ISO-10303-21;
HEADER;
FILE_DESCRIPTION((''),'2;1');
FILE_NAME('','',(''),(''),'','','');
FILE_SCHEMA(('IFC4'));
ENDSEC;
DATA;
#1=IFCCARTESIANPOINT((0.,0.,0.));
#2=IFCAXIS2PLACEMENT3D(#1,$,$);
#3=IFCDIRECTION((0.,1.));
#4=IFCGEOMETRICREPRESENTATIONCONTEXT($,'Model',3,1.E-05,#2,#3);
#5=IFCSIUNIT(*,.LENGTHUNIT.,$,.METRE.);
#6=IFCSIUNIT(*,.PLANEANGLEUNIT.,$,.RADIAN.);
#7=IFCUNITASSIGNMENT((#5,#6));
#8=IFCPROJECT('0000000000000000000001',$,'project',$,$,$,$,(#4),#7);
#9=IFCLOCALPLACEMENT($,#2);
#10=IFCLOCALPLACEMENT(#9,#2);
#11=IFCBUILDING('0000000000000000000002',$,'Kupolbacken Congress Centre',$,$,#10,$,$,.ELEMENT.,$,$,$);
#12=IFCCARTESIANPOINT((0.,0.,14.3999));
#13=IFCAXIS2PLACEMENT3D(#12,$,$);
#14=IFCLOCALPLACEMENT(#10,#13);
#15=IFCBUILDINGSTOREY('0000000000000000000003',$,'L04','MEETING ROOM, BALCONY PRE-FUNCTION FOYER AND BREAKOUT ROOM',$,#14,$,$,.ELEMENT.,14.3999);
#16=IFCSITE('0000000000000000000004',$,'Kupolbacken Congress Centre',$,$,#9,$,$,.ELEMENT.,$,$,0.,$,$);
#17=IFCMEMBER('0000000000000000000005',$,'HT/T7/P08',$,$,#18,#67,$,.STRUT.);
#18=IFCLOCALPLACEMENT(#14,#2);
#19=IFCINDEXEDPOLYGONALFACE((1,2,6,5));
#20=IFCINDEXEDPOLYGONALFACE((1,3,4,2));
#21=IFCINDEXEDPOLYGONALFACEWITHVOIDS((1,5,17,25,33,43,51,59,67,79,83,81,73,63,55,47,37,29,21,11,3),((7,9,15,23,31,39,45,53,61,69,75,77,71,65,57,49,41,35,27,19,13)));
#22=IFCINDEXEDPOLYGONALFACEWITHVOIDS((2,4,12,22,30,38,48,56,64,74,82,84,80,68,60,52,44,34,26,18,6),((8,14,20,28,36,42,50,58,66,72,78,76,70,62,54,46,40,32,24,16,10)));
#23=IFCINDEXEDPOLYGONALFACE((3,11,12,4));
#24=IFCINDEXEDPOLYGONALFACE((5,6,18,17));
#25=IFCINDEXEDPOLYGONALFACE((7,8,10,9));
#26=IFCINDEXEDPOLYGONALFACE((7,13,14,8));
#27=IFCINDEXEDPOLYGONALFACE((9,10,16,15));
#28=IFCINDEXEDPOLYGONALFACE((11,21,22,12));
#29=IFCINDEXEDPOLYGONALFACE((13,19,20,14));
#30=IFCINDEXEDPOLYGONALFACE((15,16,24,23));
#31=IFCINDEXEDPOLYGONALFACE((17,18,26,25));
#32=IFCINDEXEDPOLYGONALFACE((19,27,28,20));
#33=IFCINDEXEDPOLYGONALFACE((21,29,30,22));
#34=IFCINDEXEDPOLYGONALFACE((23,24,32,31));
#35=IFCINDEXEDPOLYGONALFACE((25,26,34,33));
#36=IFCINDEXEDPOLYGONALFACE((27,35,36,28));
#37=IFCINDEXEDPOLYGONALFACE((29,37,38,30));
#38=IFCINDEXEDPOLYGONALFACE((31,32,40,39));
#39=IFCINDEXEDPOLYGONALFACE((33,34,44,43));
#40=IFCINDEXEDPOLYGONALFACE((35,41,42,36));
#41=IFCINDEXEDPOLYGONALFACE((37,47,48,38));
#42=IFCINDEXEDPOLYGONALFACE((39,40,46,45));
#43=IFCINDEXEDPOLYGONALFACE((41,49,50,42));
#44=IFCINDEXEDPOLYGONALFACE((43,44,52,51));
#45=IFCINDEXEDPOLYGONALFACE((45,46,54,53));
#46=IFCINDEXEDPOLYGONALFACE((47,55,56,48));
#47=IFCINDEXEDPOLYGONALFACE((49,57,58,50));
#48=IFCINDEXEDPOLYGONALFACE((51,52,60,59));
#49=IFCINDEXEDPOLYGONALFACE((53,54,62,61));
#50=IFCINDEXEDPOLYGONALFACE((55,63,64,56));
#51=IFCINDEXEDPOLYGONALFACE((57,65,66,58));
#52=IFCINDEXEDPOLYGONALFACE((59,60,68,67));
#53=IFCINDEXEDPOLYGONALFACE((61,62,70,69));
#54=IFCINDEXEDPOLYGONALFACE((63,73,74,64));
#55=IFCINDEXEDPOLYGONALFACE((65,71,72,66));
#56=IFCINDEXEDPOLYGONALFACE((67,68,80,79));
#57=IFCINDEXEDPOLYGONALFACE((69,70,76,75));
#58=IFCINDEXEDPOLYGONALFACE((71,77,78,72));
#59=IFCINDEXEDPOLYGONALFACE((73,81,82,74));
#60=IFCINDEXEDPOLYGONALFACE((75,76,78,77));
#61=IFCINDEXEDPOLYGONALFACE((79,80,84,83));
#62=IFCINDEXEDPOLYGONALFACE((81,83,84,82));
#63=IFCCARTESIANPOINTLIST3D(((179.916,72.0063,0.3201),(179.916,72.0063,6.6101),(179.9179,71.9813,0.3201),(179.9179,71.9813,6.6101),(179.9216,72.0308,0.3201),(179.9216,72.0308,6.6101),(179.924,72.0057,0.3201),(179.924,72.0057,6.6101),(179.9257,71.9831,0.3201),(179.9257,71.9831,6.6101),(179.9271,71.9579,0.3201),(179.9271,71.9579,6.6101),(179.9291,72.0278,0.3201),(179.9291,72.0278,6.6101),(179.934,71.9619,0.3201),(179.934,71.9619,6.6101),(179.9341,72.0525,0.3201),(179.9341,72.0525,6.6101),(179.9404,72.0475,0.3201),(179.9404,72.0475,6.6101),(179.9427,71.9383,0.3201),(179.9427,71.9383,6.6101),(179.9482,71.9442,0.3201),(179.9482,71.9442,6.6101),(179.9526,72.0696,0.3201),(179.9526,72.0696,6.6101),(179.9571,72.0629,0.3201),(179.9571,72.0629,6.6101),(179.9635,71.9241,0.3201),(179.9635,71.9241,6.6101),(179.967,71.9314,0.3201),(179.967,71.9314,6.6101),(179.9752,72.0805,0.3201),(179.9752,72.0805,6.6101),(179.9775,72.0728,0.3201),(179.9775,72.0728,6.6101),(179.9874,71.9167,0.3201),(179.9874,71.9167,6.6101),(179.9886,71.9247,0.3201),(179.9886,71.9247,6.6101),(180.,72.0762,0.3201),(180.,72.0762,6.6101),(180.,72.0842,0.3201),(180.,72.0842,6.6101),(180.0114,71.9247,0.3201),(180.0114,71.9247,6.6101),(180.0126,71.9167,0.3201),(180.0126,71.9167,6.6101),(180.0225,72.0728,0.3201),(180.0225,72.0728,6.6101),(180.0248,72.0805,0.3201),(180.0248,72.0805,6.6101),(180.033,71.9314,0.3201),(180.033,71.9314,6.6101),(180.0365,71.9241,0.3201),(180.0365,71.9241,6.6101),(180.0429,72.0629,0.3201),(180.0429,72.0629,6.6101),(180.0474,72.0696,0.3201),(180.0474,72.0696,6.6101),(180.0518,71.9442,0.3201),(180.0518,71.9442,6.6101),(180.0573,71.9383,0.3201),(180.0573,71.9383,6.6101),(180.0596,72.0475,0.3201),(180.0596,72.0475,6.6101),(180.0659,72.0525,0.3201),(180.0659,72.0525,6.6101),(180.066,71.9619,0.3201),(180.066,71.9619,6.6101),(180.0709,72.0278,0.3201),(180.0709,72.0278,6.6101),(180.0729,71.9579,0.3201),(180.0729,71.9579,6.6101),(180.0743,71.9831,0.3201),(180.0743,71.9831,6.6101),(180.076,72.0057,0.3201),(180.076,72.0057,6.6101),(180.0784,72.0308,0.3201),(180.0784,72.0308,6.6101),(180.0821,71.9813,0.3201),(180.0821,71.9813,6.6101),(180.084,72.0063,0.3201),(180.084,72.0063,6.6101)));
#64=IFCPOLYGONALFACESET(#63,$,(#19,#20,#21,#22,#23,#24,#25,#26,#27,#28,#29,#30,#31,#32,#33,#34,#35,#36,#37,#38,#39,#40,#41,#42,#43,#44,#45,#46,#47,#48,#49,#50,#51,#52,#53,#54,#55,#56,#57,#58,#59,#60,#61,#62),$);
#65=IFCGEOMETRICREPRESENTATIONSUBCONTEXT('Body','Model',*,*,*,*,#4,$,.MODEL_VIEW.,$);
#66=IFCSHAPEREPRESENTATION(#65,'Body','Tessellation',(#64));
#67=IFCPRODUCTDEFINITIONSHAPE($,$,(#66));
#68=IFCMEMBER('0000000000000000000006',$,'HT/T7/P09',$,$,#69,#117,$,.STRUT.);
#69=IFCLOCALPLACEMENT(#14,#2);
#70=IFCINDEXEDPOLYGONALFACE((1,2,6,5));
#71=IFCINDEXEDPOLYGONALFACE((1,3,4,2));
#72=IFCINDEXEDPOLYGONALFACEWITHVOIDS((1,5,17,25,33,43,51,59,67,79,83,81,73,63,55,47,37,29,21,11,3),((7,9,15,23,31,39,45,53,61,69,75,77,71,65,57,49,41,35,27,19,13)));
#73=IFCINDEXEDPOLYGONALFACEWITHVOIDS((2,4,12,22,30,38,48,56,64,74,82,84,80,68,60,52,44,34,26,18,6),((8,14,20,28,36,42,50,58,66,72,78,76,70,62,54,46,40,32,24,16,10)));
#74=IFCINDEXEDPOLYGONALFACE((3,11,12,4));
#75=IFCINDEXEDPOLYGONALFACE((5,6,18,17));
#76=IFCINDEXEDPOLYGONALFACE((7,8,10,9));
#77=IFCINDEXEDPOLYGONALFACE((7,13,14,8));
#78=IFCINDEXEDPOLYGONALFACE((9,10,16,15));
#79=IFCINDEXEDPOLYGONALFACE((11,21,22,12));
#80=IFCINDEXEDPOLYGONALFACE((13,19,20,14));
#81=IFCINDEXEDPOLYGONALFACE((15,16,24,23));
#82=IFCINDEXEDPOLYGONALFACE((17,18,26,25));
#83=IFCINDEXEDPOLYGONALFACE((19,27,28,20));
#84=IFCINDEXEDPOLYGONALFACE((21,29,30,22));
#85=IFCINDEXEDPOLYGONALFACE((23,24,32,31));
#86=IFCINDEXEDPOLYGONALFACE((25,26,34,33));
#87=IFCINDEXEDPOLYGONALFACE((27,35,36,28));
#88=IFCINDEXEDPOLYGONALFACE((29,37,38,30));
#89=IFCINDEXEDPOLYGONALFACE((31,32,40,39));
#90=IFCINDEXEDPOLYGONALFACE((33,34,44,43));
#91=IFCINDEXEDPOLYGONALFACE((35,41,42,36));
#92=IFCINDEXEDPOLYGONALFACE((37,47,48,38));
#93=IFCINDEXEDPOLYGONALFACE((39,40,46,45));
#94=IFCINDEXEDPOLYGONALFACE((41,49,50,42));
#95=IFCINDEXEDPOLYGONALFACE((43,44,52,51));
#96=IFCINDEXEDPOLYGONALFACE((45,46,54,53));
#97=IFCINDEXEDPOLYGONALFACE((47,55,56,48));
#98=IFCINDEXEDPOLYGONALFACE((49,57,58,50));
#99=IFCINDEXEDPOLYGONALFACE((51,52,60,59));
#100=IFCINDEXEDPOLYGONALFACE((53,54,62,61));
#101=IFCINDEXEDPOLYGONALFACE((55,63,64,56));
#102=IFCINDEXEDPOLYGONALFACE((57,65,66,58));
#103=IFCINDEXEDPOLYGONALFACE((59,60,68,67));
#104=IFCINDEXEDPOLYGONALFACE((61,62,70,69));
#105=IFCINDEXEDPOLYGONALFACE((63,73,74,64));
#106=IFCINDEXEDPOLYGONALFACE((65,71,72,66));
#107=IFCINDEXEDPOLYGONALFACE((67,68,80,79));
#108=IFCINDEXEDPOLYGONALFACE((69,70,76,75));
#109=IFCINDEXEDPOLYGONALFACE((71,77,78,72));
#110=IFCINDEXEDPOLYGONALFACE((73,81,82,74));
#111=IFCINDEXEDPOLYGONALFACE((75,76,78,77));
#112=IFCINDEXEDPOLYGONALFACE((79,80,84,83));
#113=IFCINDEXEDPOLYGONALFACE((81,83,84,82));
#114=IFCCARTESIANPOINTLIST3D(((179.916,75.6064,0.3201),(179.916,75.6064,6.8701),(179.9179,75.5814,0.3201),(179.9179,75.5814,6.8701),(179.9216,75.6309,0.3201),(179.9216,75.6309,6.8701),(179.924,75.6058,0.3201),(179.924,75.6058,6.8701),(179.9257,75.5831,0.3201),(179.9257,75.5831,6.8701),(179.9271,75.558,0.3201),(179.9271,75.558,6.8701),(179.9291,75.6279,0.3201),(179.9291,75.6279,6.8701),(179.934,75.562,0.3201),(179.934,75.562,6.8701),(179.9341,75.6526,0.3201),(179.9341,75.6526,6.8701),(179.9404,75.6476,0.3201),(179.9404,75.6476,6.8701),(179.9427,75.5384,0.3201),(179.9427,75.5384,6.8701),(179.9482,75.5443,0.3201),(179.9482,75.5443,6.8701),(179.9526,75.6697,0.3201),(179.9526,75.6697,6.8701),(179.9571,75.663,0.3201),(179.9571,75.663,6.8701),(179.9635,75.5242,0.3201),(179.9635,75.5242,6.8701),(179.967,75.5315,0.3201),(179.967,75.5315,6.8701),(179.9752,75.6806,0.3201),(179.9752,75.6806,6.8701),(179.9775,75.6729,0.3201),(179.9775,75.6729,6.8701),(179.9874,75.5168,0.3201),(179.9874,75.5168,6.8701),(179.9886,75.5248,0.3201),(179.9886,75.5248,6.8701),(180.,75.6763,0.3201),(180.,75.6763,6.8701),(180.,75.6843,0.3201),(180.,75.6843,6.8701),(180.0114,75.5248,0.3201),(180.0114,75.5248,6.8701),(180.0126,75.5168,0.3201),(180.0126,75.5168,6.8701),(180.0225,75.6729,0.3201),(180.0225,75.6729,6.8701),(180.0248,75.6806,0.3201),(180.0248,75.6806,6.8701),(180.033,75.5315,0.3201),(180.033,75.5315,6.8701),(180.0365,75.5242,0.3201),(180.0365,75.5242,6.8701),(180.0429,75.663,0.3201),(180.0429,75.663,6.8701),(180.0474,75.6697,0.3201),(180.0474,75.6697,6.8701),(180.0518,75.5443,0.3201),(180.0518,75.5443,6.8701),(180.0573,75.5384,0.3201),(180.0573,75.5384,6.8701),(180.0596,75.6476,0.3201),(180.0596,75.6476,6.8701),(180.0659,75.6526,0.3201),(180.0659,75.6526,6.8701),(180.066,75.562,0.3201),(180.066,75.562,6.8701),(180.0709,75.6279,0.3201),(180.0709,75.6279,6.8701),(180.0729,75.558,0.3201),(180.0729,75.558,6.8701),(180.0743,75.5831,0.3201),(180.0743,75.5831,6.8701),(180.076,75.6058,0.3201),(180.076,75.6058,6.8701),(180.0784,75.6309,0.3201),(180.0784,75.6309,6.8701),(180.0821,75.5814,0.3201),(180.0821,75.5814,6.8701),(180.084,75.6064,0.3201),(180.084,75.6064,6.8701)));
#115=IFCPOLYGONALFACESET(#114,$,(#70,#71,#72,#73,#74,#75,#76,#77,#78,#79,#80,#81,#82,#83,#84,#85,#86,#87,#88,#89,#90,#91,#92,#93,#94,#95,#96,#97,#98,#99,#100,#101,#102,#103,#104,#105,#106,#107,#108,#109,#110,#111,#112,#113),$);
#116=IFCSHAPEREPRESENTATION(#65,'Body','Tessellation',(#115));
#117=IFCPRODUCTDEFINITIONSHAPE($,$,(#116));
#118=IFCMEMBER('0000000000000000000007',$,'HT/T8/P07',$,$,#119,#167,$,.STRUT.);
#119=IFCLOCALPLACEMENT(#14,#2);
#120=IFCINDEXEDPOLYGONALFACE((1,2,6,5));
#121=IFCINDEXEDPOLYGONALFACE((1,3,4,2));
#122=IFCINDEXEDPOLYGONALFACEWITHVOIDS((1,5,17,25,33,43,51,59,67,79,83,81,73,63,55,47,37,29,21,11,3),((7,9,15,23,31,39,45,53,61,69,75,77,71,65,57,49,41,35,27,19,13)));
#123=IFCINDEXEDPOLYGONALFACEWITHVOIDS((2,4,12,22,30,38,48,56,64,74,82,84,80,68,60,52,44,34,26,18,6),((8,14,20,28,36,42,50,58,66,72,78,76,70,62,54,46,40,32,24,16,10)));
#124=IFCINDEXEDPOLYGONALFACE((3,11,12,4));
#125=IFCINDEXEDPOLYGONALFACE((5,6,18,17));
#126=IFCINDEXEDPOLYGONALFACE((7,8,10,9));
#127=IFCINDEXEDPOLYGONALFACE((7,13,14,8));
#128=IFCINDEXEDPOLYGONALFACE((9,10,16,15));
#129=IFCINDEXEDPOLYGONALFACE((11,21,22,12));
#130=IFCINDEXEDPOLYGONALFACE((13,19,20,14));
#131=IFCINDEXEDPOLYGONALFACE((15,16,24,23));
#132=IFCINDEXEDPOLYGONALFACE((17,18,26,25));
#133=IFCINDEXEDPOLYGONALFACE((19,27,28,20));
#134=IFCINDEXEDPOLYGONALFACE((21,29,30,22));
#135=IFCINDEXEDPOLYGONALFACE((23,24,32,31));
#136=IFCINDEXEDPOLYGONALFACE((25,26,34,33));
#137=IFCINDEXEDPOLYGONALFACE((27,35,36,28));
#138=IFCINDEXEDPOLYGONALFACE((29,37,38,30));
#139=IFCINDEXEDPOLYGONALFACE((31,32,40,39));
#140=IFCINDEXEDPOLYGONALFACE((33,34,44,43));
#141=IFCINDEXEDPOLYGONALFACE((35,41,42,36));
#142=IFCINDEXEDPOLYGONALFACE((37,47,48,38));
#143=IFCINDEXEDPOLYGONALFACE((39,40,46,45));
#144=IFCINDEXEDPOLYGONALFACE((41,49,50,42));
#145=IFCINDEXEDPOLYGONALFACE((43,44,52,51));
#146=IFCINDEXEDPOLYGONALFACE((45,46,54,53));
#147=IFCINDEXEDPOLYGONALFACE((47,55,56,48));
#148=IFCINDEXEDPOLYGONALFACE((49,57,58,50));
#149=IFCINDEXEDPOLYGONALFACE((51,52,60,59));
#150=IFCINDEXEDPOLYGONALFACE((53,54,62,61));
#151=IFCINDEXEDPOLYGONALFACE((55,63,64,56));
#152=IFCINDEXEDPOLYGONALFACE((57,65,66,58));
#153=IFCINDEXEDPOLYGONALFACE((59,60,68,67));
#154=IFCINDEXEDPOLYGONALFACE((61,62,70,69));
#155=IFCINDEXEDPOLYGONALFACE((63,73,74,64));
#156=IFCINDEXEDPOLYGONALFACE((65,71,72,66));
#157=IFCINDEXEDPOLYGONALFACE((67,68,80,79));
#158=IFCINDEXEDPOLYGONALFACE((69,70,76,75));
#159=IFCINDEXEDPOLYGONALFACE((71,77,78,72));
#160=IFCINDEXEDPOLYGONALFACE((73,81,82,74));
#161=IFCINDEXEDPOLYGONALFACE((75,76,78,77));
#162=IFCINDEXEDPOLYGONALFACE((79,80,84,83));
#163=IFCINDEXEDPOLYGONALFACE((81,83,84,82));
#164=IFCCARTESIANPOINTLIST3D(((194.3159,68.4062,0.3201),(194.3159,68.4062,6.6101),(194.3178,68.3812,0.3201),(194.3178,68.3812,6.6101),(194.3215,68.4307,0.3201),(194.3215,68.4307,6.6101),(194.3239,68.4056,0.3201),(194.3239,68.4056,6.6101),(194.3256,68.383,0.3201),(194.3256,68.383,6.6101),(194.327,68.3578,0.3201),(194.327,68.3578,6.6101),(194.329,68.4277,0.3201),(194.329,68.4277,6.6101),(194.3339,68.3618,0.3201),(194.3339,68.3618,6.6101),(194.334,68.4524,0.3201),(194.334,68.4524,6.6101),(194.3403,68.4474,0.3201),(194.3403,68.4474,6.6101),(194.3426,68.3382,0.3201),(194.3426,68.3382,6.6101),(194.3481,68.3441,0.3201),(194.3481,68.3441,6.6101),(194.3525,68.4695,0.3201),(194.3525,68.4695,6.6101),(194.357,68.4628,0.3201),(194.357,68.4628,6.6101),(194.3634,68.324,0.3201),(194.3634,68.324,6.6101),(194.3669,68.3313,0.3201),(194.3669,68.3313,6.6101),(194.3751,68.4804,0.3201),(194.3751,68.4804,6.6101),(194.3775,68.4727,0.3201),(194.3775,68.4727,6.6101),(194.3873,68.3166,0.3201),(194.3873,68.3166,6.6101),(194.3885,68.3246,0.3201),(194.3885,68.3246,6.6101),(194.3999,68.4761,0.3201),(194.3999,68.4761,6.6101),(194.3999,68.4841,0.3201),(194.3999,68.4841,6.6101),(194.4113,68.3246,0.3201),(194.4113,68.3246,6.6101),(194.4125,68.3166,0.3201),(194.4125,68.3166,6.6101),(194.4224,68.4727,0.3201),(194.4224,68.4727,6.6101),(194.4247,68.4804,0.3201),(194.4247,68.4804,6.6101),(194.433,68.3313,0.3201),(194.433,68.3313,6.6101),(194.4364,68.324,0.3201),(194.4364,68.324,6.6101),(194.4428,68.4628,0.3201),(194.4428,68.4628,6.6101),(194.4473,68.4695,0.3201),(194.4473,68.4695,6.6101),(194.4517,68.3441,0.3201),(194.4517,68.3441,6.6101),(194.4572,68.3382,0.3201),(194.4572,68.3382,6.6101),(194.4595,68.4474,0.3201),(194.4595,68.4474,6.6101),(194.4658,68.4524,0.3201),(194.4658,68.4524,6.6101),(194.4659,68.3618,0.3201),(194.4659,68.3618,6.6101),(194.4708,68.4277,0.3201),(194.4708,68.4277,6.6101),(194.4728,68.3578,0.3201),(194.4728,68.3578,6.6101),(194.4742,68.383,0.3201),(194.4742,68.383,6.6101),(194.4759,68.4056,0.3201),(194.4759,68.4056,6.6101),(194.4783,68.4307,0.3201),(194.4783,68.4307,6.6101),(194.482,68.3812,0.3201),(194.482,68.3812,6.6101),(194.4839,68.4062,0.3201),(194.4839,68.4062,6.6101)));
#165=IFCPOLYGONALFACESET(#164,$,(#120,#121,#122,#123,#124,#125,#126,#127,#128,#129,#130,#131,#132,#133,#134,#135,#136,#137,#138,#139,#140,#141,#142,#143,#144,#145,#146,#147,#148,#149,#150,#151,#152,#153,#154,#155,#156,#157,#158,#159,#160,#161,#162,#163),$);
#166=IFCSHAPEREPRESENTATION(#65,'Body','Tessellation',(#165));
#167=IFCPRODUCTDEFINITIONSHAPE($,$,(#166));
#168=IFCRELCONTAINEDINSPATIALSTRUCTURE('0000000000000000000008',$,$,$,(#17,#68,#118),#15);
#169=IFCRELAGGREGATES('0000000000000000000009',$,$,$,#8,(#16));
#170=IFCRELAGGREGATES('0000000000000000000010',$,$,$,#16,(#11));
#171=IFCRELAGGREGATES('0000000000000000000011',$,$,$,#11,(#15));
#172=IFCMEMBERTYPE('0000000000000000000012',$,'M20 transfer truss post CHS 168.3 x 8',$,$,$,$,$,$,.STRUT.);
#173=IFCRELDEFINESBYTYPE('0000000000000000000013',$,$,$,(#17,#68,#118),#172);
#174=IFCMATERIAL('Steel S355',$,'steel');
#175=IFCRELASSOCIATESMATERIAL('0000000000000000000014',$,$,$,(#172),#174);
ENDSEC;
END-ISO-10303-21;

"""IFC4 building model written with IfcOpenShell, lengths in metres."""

from ifc_helpers import new_model, si_unit, direction, frame, origin, origin_2d, place, context, subcontext, project, spatial, hollow_circle, extrude, material, material_profile, profile_set, type_object, element, save


model = new_model("IFC4")

# Units and contexts
model_context = context("Model", 3, precision=1e-05, world=origin(), true_north=direction((0.0, 1.0)))
body_context = subcontext(model_context, "Body", "Model", "MODEL_VIEW")
ifc_project = project(units=[si_unit("LENGTHUNIT", "METRE"), si_unit("PLANEANGLEUNIT", "RADIAN")], contexts=[model_context])

# Site, building, storey
site_placement = place(None, origin())
site = spatial("IfcSite", under=ifc_project, at=site_placement, Name="Kupolbacken Congress Centre", CompositionType="ELEMENT", RefElevation=0.0)
building_placement = place(site_placement, origin())
building = spatial("IfcBuilding", under=site, at=building_placement, Name="Kupolbacken Congress Centre", CompositionType="ELEMENT")
storey_placement = place(building_placement, frame((0.0, 0.0, 14.3999)))
storey = spatial("IfcBuildingStorey", under=building, at=storey_placement, Name="L04", Description="MEETING ROOM, BALCONY PRE-FUNCTION FOYER AND BREAKOUT ROOM", CompositionType="ELEMENT", Elevation=14.3999)

# Members
ifc_material_1 = material(Name="Steel S355", Category="steel")
ifc_material_profile_1 = material_profile(ifc_material_1, hollow_circle(Radius=0.0842, WallThickness=0.0081, at=origin_2d()), Name="CHS 168.3 x 8")
ifc_profile_set_1 = profile_set([ifc_material_profile_1], Name="Steel S355")
member_type_1 = type_object("IfcMemberType", Name="M20 transfer truss post CHS 168.3 x 8", PredefinedType="STRUT", material=ifc_profile_set_1)
member_1_placement = place(storey_placement, frame((180.0, 72.0, 0.3201), z_axis=(0.0, 0.0, 1.0), x_axis=(0.0, 1.0, 0.0)))
element("IfcMember", 1, at=member_1_placement, inside=storey, type_object=member_type_1, Name="HT/T7/P08", PredefinedType="STRUT", context=body_context, shape_type="SweptSolid", body=[
    extrude(hollow_circle(Radius=0.0842, WallThickness=0.0081, at=origin_2d()), origin(), (0.0, 0.0, 1.0), 6.29),
])
member_2_placement = place(storey_placement, frame((180.0, 75.6001, 0.3201), z_axis=(0.0, 0.0, 1.0), x_axis=(0.0, 1.0, 0.0)))
element("IfcMember", 2, at=member_2_placement, inside=storey, type_object=member_type_1, Name="HT/T7/P09", PredefinedType="STRUT", context=body_context, shape_type="SweptSolid", body=[
    extrude(hollow_circle(Radius=0.0842, WallThickness=0.0081, at=origin_2d()), origin(), (0.0, 0.0, 1.0), 6.55),
])
for number, where, z_axis, x_axis, name in (
    (3, (194.3999, 68.3999, 0.3201), (0.0, 0.0, 1.0), (0.0, 1.0, 0.0), "HT/T8/P07"),
):
    element("IfcMember", number, at=place(storey_placement, frame(where, z_axis=z_axis, x_axis=x_axis)), inside=storey, type_object=member_type_1, Name=name, PredefinedType="STRUT", context=body_context, shape_type="SweptSolid", body=[
        extrude(hollow_circle(Radius=0.0842, WallThickness=0.0081, at=origin_2d()), origin(), (0.0, 0.0, 1.0), 6.29),
    ])

save(model, "model.ifc")
